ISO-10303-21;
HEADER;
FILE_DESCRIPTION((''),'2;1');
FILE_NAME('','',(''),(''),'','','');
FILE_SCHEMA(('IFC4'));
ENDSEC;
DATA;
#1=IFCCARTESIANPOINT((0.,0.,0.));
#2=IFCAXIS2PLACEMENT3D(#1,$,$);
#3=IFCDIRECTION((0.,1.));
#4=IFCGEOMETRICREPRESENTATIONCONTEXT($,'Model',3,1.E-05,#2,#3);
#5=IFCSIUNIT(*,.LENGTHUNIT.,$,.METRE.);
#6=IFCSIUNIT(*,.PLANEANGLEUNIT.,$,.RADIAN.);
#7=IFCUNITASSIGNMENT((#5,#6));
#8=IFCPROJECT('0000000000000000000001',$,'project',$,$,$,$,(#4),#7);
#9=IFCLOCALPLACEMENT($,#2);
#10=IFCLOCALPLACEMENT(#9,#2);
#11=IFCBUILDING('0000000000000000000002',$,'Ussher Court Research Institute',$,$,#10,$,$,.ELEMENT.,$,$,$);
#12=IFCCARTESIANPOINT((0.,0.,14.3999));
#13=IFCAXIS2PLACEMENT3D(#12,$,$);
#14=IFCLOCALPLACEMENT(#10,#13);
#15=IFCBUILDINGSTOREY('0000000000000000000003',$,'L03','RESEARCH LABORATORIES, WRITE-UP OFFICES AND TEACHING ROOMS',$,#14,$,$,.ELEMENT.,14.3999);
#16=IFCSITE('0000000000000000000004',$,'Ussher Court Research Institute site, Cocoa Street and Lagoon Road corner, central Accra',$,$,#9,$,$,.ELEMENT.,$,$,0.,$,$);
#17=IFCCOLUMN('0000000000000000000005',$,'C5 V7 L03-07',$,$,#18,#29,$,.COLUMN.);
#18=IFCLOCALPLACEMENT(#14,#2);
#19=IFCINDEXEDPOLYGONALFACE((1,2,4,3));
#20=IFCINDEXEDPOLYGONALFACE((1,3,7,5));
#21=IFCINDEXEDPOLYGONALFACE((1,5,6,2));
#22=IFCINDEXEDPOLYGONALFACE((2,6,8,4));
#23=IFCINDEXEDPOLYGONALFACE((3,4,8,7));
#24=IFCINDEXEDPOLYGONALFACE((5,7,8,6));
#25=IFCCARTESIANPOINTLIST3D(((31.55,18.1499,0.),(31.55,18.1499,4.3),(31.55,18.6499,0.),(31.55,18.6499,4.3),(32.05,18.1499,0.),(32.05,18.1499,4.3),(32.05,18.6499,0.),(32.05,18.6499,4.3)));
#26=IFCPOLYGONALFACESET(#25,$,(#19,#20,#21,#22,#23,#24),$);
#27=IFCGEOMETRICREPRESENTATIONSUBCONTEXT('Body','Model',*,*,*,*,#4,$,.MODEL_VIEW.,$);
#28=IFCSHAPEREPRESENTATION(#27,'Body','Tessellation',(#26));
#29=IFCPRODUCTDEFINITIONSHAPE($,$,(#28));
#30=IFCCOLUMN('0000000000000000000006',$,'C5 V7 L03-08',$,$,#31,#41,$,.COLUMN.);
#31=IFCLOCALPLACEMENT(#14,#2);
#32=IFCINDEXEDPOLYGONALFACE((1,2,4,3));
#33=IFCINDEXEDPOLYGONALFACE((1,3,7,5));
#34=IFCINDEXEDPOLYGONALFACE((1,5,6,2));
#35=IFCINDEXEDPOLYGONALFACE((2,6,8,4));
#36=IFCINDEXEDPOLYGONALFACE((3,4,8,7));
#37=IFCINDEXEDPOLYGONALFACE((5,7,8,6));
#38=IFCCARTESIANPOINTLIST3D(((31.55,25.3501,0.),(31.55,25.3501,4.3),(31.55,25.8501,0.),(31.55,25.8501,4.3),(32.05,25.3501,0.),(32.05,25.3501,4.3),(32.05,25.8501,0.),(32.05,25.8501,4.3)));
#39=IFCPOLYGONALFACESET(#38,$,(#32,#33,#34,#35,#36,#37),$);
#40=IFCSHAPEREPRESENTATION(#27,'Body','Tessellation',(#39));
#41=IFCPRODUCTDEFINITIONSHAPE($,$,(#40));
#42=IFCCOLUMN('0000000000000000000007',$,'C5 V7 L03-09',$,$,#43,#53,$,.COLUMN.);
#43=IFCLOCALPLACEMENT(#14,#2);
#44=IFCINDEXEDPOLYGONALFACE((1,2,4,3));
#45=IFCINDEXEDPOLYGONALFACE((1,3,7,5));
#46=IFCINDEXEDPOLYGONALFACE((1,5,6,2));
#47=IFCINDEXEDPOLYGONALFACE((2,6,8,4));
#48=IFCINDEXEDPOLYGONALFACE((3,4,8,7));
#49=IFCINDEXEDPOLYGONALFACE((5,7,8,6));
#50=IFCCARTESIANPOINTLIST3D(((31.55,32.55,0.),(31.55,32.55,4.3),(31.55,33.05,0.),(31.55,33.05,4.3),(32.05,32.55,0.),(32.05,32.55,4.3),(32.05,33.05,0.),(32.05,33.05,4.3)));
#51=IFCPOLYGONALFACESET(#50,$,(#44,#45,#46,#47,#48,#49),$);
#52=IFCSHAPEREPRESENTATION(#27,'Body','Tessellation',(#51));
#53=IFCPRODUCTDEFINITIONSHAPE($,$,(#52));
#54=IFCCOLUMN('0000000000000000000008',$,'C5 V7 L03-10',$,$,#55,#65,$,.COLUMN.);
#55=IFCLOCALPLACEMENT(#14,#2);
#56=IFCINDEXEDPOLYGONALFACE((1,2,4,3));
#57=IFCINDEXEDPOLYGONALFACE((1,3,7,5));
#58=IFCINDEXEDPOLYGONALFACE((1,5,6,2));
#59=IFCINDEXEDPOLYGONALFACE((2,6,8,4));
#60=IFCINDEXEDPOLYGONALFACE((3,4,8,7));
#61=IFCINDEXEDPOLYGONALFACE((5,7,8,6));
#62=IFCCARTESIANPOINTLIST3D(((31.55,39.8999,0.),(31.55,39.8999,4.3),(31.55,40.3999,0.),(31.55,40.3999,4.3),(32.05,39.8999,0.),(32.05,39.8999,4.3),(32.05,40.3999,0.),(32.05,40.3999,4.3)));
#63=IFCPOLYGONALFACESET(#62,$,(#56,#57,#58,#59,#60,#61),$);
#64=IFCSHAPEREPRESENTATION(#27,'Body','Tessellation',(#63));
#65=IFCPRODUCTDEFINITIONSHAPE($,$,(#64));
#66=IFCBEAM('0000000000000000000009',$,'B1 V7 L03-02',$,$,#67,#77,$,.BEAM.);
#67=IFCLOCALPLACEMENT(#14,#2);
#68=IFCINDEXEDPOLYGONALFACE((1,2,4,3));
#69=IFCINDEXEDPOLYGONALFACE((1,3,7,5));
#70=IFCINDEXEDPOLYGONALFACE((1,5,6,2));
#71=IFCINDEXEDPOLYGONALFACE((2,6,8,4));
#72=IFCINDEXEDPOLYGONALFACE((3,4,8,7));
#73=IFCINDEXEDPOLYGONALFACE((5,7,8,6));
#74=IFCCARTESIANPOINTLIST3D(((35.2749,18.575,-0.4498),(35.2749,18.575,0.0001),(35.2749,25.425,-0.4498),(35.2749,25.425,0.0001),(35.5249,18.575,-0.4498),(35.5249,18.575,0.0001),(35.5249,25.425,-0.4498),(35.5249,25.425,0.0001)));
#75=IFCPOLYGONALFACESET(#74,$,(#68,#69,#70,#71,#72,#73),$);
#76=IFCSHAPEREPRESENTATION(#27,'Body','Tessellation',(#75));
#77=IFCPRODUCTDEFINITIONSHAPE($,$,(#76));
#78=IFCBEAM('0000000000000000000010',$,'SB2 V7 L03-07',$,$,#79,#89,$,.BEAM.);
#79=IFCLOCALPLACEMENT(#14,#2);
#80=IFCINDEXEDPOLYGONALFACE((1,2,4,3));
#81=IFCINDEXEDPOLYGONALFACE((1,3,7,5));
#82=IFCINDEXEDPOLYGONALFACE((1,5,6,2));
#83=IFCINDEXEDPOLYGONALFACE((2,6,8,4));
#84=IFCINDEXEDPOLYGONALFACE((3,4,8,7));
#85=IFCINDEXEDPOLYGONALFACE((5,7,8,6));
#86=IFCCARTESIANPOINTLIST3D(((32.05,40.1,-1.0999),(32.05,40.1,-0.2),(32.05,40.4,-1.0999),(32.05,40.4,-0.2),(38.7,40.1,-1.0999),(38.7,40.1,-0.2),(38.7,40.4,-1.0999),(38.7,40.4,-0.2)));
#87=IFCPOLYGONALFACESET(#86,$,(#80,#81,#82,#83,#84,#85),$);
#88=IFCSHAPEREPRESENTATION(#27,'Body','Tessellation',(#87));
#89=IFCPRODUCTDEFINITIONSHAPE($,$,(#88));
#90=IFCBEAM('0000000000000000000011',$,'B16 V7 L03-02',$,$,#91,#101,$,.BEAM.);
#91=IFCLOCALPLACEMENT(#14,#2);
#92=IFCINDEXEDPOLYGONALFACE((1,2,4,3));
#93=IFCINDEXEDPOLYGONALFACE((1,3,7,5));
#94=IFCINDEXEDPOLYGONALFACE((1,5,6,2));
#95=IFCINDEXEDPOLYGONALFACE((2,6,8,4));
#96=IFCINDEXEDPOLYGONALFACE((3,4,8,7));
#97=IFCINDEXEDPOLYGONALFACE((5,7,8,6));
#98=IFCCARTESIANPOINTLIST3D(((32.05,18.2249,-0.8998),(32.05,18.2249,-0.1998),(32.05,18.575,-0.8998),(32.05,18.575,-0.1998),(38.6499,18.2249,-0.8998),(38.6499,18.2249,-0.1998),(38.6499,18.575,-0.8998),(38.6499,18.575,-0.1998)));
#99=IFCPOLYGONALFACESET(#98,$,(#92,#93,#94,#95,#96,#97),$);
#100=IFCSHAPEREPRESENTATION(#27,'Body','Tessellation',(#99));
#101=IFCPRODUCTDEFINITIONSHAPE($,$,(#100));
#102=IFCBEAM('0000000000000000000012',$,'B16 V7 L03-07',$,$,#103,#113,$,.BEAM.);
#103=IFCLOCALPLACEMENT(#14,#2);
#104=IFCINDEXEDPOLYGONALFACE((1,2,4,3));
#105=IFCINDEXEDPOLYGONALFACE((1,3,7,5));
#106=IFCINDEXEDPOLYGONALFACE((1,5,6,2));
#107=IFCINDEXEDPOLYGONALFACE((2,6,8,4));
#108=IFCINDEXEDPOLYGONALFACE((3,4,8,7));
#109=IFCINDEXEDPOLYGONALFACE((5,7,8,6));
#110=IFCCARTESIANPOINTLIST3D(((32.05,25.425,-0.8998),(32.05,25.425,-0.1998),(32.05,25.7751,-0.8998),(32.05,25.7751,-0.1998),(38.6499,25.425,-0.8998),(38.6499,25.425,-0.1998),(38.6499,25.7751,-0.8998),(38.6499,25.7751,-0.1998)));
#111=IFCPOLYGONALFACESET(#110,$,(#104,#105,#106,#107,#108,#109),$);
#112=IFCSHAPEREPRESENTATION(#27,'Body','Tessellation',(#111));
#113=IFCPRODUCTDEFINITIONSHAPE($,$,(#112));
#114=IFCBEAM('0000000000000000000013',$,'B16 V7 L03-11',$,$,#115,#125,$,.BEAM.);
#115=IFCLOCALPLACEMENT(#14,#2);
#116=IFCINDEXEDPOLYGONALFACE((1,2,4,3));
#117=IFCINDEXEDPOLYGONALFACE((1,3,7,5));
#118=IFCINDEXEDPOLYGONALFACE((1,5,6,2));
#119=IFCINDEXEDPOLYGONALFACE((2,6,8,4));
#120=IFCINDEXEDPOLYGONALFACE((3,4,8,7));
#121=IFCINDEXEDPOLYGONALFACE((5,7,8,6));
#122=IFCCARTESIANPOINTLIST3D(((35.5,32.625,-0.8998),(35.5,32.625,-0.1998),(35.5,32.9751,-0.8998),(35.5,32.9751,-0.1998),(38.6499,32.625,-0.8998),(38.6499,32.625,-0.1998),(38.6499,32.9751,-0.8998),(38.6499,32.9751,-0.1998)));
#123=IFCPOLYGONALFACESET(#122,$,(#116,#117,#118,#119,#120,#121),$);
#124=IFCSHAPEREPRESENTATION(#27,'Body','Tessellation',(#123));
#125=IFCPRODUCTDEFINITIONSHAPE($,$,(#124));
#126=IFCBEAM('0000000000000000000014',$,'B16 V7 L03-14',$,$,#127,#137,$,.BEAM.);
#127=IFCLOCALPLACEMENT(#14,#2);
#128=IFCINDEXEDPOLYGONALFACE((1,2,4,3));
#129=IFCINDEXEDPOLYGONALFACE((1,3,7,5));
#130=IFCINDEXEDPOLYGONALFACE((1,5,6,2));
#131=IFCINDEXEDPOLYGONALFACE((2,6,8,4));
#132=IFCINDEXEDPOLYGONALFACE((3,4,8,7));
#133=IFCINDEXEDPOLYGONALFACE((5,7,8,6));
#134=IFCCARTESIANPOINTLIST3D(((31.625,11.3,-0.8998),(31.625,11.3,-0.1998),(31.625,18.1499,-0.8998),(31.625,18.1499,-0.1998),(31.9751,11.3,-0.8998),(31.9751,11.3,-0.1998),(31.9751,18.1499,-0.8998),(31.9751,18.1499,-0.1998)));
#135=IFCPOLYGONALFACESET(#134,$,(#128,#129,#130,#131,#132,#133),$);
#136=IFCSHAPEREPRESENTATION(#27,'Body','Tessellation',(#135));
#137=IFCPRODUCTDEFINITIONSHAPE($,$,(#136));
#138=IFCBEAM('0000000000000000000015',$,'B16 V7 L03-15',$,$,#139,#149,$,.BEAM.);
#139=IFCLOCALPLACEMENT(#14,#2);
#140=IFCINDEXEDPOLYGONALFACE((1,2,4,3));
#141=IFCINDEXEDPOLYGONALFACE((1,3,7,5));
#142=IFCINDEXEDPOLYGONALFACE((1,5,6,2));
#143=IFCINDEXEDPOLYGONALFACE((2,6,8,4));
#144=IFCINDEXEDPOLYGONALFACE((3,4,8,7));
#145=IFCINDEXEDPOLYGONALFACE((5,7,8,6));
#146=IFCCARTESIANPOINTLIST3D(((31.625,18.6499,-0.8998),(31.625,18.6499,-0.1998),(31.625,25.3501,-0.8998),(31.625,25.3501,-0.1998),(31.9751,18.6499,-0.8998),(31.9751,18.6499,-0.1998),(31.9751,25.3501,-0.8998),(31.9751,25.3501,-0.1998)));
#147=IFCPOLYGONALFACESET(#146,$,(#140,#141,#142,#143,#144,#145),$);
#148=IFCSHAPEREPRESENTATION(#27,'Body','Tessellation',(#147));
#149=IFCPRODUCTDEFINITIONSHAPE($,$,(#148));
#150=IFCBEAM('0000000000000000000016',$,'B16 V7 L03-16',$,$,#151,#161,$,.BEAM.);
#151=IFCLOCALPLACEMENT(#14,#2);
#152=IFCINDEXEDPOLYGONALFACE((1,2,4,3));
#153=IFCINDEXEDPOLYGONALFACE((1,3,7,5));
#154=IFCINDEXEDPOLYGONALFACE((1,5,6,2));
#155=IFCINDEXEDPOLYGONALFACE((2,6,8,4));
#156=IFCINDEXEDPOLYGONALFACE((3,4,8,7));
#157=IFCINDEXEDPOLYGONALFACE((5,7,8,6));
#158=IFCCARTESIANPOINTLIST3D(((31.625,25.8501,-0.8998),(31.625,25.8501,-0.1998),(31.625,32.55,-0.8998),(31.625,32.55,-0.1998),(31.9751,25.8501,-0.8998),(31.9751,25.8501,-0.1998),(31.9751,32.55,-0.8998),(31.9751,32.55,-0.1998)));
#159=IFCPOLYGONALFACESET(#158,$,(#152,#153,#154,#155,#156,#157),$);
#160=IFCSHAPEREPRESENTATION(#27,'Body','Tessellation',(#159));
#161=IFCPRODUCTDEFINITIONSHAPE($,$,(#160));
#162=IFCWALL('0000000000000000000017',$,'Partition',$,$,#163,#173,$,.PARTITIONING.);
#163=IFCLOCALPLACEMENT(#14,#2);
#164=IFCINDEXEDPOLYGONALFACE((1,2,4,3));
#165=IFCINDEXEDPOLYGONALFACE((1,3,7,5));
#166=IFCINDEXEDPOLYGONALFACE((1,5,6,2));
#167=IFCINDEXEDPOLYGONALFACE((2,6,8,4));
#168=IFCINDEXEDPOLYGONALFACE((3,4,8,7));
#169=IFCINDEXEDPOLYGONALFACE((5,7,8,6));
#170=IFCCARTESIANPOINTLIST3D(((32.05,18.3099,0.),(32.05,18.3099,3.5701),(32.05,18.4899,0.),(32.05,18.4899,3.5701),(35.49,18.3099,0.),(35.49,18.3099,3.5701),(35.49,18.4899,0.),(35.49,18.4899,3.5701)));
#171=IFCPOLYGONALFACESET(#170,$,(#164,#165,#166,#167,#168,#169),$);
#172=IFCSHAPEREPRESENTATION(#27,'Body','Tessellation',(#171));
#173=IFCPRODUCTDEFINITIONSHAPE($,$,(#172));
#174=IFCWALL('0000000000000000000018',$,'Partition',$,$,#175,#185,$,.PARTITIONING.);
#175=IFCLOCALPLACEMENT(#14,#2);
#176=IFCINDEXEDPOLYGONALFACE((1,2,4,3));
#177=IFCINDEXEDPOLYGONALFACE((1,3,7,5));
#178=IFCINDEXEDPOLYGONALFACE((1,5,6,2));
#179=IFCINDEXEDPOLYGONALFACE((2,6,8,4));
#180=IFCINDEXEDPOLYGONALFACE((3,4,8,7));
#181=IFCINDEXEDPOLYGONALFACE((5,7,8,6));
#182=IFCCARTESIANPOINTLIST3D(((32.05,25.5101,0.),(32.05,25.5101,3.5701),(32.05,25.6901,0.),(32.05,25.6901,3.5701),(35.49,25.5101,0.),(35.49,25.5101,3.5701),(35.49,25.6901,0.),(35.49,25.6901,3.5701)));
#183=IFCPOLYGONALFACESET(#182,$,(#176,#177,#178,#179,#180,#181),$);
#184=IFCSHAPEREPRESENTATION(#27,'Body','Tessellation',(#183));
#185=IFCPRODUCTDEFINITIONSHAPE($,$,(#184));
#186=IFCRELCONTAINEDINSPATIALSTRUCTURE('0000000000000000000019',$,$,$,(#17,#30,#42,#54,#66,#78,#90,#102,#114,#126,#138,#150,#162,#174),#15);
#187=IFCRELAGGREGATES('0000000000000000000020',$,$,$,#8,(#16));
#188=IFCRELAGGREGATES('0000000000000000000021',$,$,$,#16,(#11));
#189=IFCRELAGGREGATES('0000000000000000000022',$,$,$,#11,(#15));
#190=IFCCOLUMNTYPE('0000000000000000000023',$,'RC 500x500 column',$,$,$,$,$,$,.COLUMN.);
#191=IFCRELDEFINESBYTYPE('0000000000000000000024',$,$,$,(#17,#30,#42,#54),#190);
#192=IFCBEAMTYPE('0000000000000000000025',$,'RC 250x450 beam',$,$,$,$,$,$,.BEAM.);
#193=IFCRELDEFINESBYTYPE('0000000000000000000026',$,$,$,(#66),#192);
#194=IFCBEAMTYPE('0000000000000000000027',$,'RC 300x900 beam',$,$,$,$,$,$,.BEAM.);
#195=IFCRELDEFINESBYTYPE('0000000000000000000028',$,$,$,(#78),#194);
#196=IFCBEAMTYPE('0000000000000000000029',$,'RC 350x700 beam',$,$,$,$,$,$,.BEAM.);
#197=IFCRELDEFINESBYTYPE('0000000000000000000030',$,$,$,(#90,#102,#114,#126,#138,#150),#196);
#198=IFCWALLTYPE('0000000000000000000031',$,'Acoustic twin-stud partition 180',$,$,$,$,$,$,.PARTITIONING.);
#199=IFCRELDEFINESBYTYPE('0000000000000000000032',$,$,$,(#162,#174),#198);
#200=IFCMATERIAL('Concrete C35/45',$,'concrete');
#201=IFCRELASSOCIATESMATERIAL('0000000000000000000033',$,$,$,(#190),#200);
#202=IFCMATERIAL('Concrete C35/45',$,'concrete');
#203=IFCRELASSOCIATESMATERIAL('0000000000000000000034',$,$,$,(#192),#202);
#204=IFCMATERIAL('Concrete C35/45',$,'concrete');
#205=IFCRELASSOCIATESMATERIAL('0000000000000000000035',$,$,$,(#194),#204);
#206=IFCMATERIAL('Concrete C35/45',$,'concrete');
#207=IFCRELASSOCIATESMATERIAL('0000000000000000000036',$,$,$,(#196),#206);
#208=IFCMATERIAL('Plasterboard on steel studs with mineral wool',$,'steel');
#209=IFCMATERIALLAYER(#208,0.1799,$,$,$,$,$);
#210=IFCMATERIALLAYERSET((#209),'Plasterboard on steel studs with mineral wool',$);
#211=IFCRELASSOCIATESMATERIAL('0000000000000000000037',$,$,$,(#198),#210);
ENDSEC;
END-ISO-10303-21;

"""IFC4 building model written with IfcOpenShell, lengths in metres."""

from ifc_helpers import new_model, si_unit, direction, frame, frame_2d, origin, origin_2d, place, context, subcontext, project, spatial, rectangle, extrude, material, layer, layer_set, material_profile, profile_set, type_object, element, save


model = new_model("IFC4")

# Units and contexts
model_context = context("Model", 3, precision=1e-05, world=origin(), true_north=direction((0.0, 1.0)))
body_context = subcontext(model_context, "Body", "Model", "MODEL_VIEW")
ifc_project = project(units=[si_unit("LENGTHUNIT", "METRE"), si_unit("PLANEANGLEUNIT", "RADIAN")], contexts=[model_context])

# Site, building, storey
site_placement = place(None, origin())
site = spatial("IfcSite", under=ifc_project, at=site_placement, Name="Ussher Court Research Institute site, Cocoa Street and Lagoon Road corner, central Accra", CompositionType="ELEMENT", RefElevation=0.0)
building_placement = place(site_placement, origin())
building = spatial("IfcBuilding", under=site, at=building_placement, Name="Ussher Court Research Institute", CompositionType="ELEMENT")
storey_placement = place(building_placement, frame((0.0, 0.0, 14.3999)))
storey = spatial("IfcBuildingStorey", under=building, at=storey_placement, Name="L03", Description="RESEARCH LABORATORIES, WRITE-UP OFFICES AND TEACHING ROOMS", CompositionType="ELEMENT", Elevation=14.3999)

# Columns
ifc_material_1 = material(Name="Concrete C35/45", Category="concrete")
ifc_material_profile_1 = material_profile(ifc_material_1, rectangle(XDim=0.5, YDim=0.5, at=origin_2d()), Name="RC 500x500")
ifc_profile_set_1 = profile_set([ifc_material_profile_1], Name="Concrete C35/45")
column_type = type_object("IfcColumnType", Name="RC 500x500 column", PredefinedType="COLUMN", material=ifc_profile_set_1)
for number, where, z_axis, x_axis, name in (
    (1, (31.8, 18.3999, 0.0), (0.0, 0.0, 1.0), (1.0, 0.0, 0.0), "C5 V7 L03-07"),
    (2, (31.8, 25.6001, 0.0), (0.0, 0.0, 1.0), (1.0, 0.0, 0.0), "C5 V7 L03-08"),
    (3, (31.8, 32.8, 0.0), (0.0, 0.0, 1.0), (1.0, 0.0, 0.0), "C5 V7 L03-09"),
    (4, (31.8, 40.1499, 0.0), (0.0, 0.0, 1.0), (1.0, 0.0, 0.0), "C5 V7 L03-10"),
):
    element("IfcColumn", number, at=place(storey_placement, frame(where, z_axis=z_axis, x_axis=x_axis)), inside=storey, type_object=column_type, Name=name, PredefinedType="COLUMN", context=body_context, shape_type="SweptSolid", body=[
        extrude(rectangle(XDim=0.5, YDim=0.5, at=origin_2d()), origin(), (0.0, 0.0, 1.0), 4.3),
    ])

# Beams
ifc_material_2 = material(Name="Concrete C35/45", Category="concrete")
ifc_material_profile_2 = material_profile(ifc_material_2, rectangle(XDim=0.25, YDim=0.45, at=origin_2d()), Name="RC 250x450")
ifc_profile_set_2 = profile_set([ifc_material_profile_2], Name="Concrete C35/45")
beam_type_1 = type_object("IfcBeamType", Name="RC 250x450 beam", PredefinedType="BEAM", material=ifc_profile_set_2)
beam_1_placement = place(storey_placement, frame((35.3999, 18.575, -0.2249), z_axis=(0.0, 1.0, 0.0), x_axis=(-1.0, 0.0, 0.0)))
element("IfcBeam", 5, at=beam_1_placement, inside=storey, type_object=beam_type_1, Name="B1 V7 L03-02", PredefinedType="BEAM", context=body_context, shape_type="SweptSolid", body=[
    extrude(rectangle(XDim=0.25, YDim=0.45, at=origin_2d()), origin(), (0.0, 0.0, 1.0), 6.8501),
])
ifc_material_3 = material(Name="Concrete C35/45", Category="concrete")
ifc_material_profile_3 = material_profile(ifc_material_3, rectangle(XDim=0.3, YDim=0.8999, at=origin_2d()), Name="RC 300x900")
ifc_profile_set_3 = profile_set([ifc_material_profile_3], Name="Concrete C35/45")
beam_type_2 = type_object("IfcBeamType", Name="RC 300x900 beam", PredefinedType="BEAM", material=ifc_profile_set_3)
beam_2_placement = place(storey_placement, frame((32.05, 40.25, -0.6499), z_axis=(1.0, 0.0, 0.0), x_axis=(0.0, 1.0, 0.0)))
element("IfcBeam", 6, at=beam_2_placement, inside=storey, type_object=beam_type_2, Name="SB2 V7 L03-07", PredefinedType="BEAM", context=body_context, shape_type="SweptSolid", body=[
    extrude(rectangle(XDim=0.3, YDim=0.8999, at=origin_2d()), origin(), (0.0, 0.0, 1.0), 6.6499),
])
ifc_material_4 = material(Name="Concrete C35/45", Category="concrete")
ifc_material_profile_4 = material_profile(ifc_material_4, rectangle(XDim=0.3501, YDim=0.7, at=origin_2d()), Name="RC 350x700")
ifc_profile_set_4 = profile_set([ifc_material_profile_4], Name="Concrete C35/45")
beam_type_3 = type_object("IfcBeamType", Name="RC 350x700 beam", PredefinedType="BEAM", material=ifc_profile_set_4)
for number, where, z_axis, x_axis, name in (
    (7, (32.05, 18.3999, -0.5498), (1.0, 0.0, 0.0), (0.0, 1.0, 0.0), "B16 V7 L03-02"),
    (8, (32.05, 25.6001, -0.5498), (1.0, 0.0, 0.0), (0.0, 1.0, 0.0), "B16 V7 L03-07"),
):
    element("IfcBeam", number, at=place(storey_placement, frame(where, z_axis=z_axis, x_axis=x_axis)), inside=storey, type_object=beam_type_3, Name=name, PredefinedType="BEAM", context=body_context, shape_type="SweptSolid", body=[
        extrude(rectangle(XDim=0.3501, YDim=0.7, at=origin_2d()), origin(), (0.0, 0.0, 1.0), 6.5999),
    ])
beam_3_placement = place(storey_placement, frame((35.5, 32.8, -0.5498), z_axis=(1.0, 0.0, 0.0), x_axis=(0.0, 1.0, 0.0)))
element("IfcBeam", 9, at=beam_3_placement, inside=storey, type_object=beam_type_3, Name="B16 V7 L03-11", PredefinedType="BEAM", context=body_context, shape_type="SweptSolid", body=[
    extrude(rectangle(XDim=0.3501, YDim=0.7, at=origin_2d()), origin(), (0.0, 0.0, 1.0), 3.1499),
])
beam_4_placement = place(storey_placement, frame((31.8, 11.3, -0.5498), z_axis=(0.0, 1.0, 0.0), x_axis=(-1.0, 0.0, 0.0)))
element("IfcBeam", 10, at=beam_4_placement, inside=storey, type_object=beam_type_3, Name="B16 V7 L03-14", PredefinedType="BEAM", context=body_context, shape_type="SweptSolid", body=[
    extrude(rectangle(XDim=0.3501, YDim=0.7, at=origin_2d()), origin(), (0.0, 0.0, 1.0), 6.8499),
])
beam_5_placement = place(storey_placement, frame((31.8, 18.6499, -0.5498), z_axis=(0.0, 1.0, 0.0), x_axis=(-1.0, 0.0, 0.0)))
element("IfcBeam", 11, at=beam_5_placement, inside=storey, type_object=beam_type_3, Name="B16 V7 L03-15", PredefinedType="BEAM", context=body_context, shape_type="SweptSolid", body=[
    extrude(rectangle(XDim=0.3501, YDim=0.7, at=origin_2d()), origin(), (0.0, 0.0, 1.0), 6.7002),
])
beam_6_placement = place(storey_placement, frame((31.8, 25.8501, -0.5498), z_axis=(0.0, 1.0, 0.0), x_axis=(-1.0, 0.0, 0.0)))
element("IfcBeam", 12, at=beam_6_placement, inside=storey, type_object=beam_type_3, Name="B16 V7 L03-16", PredefinedType="BEAM", context=body_context, shape_type="SweptSolid", body=[
    extrude(rectangle(XDim=0.3501, YDim=0.7, at=origin_2d()), origin(), (0.0, 0.0, 1.0), 6.7),
])

# Walls
ifc_material_5 = material(Name="Plasterboard on steel studs with mineral wool", Category="steel")
ifc_layer_1 = layer(ifc_material_5, 0.1799)
ifc_layer_set_1 = layer_set([ifc_layer_1], Name="Plasterboard on steel studs with mineral wool")
wall_type_1 = type_object("IfcWallType", Name="Acoustic twin-stud partition 180", PredefinedType="PARTITIONING", material=ifc_layer_set_1)
for number, where, z_axis, x_axis, name in (
    (13, (32.05, 18.3999, 0.0), (0.0, 0.0, 1.0), (1.0, 0.0, 0.0), "Partition"),
    (14, (32.05, 25.6001, 0.0), (0.0, 0.0, 1.0), (1.0, 0.0, 0.0), "Partition"),
):
    element("IfcWall", number, at=place(storey_placement, frame(where, z_axis=z_axis, x_axis=x_axis)), inside=storey, type_object=wall_type_1, Name=name, PredefinedType="PARTITIONING", context=body_context, shape_type="SweptSolid", body=[
        extrude(rectangle(XDim=3.4399, YDim=0.1799, at=frame_2d((1.72, 0.0))), origin(), (0.0, 0.0, 1.0), 3.5701),
    ])

save(model, "model.ifc")
